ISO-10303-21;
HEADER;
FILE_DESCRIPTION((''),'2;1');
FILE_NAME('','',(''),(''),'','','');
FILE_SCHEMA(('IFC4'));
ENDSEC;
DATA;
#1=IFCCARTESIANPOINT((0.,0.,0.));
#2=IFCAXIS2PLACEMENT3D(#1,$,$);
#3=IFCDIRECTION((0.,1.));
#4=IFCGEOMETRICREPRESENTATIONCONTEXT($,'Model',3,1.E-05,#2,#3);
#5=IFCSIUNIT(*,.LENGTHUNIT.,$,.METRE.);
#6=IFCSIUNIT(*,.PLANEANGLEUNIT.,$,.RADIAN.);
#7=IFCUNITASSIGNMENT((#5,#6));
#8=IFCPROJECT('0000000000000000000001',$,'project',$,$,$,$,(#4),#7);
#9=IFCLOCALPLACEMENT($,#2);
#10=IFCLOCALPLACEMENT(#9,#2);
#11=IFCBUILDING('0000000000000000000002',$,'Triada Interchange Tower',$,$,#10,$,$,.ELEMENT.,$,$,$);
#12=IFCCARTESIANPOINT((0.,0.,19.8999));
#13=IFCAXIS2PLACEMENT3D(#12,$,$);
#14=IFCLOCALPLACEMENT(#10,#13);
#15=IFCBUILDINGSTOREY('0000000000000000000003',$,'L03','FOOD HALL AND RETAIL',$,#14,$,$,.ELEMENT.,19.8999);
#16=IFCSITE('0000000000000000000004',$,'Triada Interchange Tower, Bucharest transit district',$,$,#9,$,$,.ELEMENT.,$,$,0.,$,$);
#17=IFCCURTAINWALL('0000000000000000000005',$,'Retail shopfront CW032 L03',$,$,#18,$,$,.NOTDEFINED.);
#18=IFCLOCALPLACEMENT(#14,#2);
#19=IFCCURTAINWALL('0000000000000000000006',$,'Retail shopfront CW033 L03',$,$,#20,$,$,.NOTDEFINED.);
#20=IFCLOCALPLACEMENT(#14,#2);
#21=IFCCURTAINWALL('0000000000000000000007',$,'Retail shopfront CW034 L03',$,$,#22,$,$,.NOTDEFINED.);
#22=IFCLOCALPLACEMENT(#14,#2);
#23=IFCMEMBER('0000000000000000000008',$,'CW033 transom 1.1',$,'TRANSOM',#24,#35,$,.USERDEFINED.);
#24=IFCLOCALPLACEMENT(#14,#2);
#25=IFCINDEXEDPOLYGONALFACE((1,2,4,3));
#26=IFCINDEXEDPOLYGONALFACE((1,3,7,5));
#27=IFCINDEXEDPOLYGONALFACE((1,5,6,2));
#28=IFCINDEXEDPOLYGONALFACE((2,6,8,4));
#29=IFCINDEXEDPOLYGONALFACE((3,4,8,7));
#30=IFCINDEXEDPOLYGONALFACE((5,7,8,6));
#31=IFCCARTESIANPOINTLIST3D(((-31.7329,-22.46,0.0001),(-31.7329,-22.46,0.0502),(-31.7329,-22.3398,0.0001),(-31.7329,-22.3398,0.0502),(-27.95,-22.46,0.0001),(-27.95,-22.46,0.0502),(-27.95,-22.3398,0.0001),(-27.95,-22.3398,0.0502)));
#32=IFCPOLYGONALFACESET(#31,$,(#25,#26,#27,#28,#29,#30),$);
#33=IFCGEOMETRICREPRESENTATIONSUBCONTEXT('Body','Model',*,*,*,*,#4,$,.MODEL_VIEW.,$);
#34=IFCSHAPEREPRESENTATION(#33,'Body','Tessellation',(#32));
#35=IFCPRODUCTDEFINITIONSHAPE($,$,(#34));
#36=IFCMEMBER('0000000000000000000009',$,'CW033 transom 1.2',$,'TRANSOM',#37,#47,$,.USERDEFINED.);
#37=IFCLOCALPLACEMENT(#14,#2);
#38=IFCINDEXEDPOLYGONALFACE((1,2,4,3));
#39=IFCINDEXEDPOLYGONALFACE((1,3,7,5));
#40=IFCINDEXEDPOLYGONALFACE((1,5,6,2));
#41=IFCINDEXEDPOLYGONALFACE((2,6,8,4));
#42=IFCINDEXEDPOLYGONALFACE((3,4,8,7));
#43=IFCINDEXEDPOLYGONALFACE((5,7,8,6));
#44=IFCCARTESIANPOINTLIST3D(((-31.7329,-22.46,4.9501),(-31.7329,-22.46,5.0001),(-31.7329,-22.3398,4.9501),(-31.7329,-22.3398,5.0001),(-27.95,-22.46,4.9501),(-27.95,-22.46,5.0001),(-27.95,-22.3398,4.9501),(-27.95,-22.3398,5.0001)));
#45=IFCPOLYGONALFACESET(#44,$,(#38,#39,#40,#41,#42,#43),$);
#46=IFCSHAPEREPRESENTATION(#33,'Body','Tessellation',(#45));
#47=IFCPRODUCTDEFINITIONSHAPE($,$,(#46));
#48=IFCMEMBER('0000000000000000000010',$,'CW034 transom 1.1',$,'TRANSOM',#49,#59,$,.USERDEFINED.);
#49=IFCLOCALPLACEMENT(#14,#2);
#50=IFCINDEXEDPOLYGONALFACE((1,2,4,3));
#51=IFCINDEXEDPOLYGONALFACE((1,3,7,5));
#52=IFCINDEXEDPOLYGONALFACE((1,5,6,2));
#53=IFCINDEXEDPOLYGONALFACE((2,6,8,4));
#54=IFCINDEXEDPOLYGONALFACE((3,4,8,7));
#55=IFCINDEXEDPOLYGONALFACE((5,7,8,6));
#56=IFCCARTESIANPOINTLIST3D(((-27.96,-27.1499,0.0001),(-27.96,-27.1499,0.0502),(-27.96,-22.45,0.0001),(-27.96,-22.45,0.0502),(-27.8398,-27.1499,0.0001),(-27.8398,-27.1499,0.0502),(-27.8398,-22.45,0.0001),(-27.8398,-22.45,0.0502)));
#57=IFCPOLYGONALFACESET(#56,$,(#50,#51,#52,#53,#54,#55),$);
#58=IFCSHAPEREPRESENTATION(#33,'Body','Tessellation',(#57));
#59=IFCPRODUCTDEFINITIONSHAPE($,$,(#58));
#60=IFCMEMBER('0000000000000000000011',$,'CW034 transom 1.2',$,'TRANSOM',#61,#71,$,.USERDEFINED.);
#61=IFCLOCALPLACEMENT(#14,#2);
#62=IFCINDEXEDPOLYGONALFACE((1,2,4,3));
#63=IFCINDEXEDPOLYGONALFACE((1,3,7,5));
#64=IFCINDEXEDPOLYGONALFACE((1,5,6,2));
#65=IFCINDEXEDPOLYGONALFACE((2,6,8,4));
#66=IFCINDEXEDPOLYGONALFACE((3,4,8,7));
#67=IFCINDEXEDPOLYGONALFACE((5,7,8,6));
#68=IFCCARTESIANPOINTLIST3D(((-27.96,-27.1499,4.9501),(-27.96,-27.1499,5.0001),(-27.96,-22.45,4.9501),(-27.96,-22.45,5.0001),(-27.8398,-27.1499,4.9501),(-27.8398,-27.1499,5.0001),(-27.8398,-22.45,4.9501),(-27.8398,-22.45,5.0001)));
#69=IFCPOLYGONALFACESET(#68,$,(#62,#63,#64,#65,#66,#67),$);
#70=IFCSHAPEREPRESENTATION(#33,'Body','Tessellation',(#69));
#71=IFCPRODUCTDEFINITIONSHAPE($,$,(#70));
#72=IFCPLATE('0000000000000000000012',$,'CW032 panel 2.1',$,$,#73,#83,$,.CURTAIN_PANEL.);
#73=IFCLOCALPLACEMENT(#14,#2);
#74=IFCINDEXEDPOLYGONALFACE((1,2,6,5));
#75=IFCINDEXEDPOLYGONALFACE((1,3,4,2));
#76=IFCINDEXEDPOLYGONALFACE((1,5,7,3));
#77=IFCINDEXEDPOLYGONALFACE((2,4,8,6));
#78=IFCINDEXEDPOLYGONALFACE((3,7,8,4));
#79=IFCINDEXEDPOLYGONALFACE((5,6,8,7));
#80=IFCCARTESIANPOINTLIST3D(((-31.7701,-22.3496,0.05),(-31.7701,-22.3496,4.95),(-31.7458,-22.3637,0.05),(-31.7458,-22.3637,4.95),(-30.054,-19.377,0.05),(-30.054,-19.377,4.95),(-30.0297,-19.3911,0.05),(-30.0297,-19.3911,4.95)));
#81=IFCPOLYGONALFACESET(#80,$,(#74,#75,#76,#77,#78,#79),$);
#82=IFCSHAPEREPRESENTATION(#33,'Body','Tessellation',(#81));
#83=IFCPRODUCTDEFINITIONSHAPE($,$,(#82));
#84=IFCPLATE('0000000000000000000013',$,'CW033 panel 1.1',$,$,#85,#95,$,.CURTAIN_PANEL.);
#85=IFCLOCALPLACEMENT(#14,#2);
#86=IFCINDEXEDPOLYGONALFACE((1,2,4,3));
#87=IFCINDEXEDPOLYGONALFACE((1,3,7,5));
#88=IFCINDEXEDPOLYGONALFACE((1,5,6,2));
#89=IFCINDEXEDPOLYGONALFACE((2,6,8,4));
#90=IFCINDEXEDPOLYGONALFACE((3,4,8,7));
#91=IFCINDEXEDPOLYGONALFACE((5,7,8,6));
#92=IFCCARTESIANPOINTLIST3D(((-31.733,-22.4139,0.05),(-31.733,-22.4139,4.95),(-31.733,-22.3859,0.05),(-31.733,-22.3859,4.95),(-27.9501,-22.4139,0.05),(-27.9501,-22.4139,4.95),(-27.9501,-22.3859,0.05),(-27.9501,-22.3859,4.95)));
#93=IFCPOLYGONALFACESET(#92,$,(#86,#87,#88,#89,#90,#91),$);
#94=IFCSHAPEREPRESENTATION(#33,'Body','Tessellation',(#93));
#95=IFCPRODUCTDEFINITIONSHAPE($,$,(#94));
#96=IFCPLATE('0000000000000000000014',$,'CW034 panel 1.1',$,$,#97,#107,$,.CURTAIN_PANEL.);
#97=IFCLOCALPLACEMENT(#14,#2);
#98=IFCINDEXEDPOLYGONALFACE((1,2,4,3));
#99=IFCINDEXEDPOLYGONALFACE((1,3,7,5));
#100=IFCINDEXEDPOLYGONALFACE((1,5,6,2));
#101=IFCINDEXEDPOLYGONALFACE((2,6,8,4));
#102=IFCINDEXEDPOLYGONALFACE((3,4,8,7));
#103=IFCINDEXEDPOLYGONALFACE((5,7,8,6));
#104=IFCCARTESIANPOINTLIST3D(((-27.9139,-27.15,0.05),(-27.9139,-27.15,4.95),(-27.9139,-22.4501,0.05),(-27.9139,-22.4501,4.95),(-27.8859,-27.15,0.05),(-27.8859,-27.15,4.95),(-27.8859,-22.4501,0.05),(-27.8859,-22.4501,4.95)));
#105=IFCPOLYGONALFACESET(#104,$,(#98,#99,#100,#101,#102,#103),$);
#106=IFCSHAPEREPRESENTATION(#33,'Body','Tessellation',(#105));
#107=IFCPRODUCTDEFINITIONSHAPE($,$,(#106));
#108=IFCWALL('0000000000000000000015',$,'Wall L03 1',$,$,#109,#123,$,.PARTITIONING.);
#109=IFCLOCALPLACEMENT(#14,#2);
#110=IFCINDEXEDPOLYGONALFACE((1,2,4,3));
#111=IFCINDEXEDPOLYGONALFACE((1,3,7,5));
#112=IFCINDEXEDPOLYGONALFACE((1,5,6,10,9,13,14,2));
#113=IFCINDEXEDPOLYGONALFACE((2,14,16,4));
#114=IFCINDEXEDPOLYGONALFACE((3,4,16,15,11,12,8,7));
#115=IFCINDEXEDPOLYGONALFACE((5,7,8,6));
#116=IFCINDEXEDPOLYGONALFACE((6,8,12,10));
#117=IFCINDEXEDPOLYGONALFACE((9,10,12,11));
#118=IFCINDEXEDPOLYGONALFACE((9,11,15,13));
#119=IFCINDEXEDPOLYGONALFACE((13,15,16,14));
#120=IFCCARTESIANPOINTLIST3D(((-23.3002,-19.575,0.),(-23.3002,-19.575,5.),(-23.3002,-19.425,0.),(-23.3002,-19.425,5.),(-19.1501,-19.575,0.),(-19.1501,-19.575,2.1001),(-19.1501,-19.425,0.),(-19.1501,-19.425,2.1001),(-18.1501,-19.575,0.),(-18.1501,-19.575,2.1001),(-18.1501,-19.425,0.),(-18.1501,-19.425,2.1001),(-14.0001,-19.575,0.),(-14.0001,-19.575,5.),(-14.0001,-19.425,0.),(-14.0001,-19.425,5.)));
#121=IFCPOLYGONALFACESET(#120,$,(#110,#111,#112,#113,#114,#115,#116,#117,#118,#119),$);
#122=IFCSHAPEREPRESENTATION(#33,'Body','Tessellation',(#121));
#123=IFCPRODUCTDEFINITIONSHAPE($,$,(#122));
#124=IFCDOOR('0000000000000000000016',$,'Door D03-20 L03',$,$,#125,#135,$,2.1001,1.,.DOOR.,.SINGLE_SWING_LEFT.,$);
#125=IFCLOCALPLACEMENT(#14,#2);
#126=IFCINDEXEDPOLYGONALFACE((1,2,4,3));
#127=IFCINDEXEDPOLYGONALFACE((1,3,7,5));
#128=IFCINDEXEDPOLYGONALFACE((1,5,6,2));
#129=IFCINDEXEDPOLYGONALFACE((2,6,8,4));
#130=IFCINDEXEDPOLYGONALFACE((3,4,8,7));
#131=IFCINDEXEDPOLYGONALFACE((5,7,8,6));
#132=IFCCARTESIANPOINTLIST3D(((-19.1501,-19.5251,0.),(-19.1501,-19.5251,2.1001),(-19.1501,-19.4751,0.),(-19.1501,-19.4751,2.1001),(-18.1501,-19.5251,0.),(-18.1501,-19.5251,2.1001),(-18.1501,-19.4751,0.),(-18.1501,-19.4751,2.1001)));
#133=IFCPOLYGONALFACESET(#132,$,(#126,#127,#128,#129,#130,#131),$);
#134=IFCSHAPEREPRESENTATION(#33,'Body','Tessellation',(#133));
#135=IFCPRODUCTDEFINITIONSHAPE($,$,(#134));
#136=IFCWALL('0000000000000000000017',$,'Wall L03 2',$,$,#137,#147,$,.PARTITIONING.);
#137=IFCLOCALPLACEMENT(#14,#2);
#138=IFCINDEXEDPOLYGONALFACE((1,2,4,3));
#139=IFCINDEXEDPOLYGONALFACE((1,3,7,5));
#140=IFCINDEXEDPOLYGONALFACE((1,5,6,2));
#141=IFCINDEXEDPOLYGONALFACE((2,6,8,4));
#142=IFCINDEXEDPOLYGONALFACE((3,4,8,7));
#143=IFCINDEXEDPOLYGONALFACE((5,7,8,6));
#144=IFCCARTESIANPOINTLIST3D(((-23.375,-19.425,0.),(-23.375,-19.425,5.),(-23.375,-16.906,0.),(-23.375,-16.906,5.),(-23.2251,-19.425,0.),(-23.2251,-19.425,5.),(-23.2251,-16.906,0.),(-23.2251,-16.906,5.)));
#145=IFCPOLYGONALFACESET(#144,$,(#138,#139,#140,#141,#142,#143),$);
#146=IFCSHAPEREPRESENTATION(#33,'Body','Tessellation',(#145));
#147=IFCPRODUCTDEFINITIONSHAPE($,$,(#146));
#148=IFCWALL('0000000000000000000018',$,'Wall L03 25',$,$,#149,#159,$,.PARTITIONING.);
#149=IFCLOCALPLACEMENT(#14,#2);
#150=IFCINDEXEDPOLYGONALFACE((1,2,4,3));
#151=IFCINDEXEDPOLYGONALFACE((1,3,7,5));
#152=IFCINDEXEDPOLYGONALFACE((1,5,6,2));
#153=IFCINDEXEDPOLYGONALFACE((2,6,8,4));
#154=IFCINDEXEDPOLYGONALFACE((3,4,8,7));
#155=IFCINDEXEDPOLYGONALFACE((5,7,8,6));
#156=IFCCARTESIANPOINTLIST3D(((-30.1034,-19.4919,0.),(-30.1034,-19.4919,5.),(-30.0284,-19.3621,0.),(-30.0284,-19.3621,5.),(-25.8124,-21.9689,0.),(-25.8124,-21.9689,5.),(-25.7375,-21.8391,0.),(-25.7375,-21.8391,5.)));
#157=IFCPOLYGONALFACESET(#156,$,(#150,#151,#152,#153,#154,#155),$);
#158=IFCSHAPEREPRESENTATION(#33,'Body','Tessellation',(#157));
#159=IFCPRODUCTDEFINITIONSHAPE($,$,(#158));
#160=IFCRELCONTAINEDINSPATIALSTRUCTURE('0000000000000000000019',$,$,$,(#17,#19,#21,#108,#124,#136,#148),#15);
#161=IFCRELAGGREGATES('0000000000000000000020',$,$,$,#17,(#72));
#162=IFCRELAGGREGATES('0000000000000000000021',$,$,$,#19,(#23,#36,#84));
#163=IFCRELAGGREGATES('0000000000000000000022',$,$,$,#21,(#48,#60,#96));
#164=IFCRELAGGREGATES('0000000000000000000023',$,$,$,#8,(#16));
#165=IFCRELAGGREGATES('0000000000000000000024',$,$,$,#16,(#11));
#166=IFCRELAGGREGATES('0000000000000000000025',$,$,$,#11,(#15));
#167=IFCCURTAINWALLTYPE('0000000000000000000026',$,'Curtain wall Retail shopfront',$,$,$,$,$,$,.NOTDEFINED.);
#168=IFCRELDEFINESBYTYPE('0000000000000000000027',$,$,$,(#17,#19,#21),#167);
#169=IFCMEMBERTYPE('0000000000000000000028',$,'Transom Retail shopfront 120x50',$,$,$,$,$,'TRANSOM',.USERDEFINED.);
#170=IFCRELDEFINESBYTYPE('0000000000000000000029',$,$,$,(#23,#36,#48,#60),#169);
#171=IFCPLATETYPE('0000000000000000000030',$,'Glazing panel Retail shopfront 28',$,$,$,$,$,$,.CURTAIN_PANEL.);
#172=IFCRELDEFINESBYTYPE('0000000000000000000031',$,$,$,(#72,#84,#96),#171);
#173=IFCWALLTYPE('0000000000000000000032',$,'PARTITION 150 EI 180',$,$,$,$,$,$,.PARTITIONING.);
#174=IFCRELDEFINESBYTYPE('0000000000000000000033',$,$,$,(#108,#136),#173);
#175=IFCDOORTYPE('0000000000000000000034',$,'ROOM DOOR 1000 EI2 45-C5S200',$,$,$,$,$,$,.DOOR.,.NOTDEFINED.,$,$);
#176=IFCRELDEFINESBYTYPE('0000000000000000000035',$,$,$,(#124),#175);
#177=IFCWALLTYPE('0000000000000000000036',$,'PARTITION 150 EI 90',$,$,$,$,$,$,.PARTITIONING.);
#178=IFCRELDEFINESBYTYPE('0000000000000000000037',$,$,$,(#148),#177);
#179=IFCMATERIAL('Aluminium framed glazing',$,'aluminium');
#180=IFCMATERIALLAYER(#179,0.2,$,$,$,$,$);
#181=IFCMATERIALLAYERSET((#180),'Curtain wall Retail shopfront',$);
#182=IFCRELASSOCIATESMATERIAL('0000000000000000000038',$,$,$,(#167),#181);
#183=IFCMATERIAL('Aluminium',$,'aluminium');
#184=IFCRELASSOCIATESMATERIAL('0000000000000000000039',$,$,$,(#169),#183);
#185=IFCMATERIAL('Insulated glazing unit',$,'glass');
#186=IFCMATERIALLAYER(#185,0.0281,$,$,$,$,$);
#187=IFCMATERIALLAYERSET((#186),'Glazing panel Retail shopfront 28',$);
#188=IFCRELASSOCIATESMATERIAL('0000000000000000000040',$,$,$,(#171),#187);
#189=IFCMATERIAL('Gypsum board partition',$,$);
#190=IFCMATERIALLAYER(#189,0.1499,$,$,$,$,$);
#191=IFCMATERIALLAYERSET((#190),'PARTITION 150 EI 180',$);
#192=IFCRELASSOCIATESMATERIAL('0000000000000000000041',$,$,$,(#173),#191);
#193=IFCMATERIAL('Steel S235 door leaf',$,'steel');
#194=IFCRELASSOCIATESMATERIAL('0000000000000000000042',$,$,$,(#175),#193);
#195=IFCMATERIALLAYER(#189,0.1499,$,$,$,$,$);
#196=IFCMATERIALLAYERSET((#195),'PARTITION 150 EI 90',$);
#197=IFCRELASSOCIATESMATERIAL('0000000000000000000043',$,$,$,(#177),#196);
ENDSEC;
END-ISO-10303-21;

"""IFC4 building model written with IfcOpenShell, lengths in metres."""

from ifc_helpers import new_model, si_unit, direction, frame, frame_2d, origin, origin_2d, place, context, subcontext, project, spatial, rectangle, extrude, material, layer, layer_set, material_profile, profile_set, type_object, element, fill, aggregate, save


model = new_model("IFC4")

# Units and contexts
model_context = context("Model", 3, precision=1e-05, world=origin(), true_north=direction((0.0, 1.0)))
body_context = subcontext(model_context, "Body", "Model", "MODEL_VIEW")
ifc_project = project(units=[si_unit("LENGTHUNIT", "METRE"), si_unit("PLANEANGLEUNIT", "RADIAN")], contexts=[model_context])

# Site, building, storey
site_placement = place(None, origin())
site = spatial("IfcSite", under=ifc_project, at=site_placement, Name="Triada Interchange Tower, Bucharest transit district", CompositionType="ELEMENT", RefElevation=0.0)
building_placement = place(site_placement, origin())
building = spatial("IfcBuilding", under=site, at=building_placement, Name="Triada Interchange Tower", CompositionType="ELEMENT")
storey_placement = place(building_placement, frame((0.0, 0.0, 19.8999)))
storey = spatial("IfcBuildingStorey", under=building, at=storey_placement, Name="L03", Description="FOOD HALL AND RETAIL", CompositionType="ELEMENT", Elevation=19.8999)

# Curtain wall
ifc_material_1 = material(Name="Aluminium framed glazing", Category="aluminium")
ifc_layer_1 = layer(ifc_material_1, 0.2)
ifc_layer_set_1 = layer_set([ifc_layer_1], Name="Curtain wall Retail shopfront")
curtain_wall_type = type_object("IfcCurtainWallType", Name="Curtain wall Retail shopfront", PredefinedType="NOTDEFINED", material=ifc_layer_set_1)
curtain_wall_1_placement = place(storey_placement, origin())
curtain_wall_1 = element("IfcCurtainWall", 1, at=curtain_wall_1_placement, inside=storey, type_object=curtain_wall_type, Name="Retail shopfront CW032 L03", PredefinedType="NOTDEFINED")
ifc_material_2 = material(Name="Aluminium", Category="aluminium")

# Curtain walls
curtain_wall_2_placement = place(storey_placement, origin())
curtain_wall_2 = element("IfcCurtainWall", 2, at=curtain_wall_2_placement, inside=storey, type_object=curtain_wall_type, Name="Retail shopfront CW033 L03", PredefinedType="NOTDEFINED")
curtain_wall_3_placement = place(storey_placement, origin())
curtain_wall_3 = element("IfcCurtainWall", 3, at=curtain_wall_3_placement, inside=storey, type_object=curtain_wall_type, Name="Retail shopfront CW034 L03", PredefinedType="NOTDEFINED")

# Members
ifc_material_profile_1 = material_profile(ifc_material_2, rectangle(XDim=0.1201, YDim=0.05, at=origin_2d()), Name="Aluminium transom")
ifc_profile_set_1 = profile_set([ifc_material_profile_1], Name="Aluminium")
member_type_1 = type_object("IfcMemberType", Name="Transom Retail shopfront 120x50", ElementType="TRANSOM", PredefinedType="USERDEFINED", material=ifc_profile_set_1)
member_1_placement = place(storey_placement, frame((-31.7329, -22.3999, 0.0251), z_axis=(1.0, 0.0, 0.0), x_axis=(0.0, 1.0, 0.0)))
member_1 = element("IfcMember", 4, at=member_1_placement, type_object=member_type_1, Name="CW033 transom 1.1", ObjectType="TRANSOM", PredefinedType="USERDEFINED", context=body_context, shape_type="SweptSolid", body=[
    extrude(rectangle(XDim=0.1201, YDim=0.05, at=origin_2d()), origin(), (0.0, 0.0, 1.0), 3.783),
])
member_2_placement = place(storey_placement, frame((-31.7329, -22.3999, 4.9751), z_axis=(1.0, 0.0, 0.0), x_axis=(0.0, 1.0, 0.0)))
member_2 = element("IfcMember", 5, at=member_2_placement, type_object=member_type_1, Name="CW033 transom 1.2", ObjectType="TRANSOM", PredefinedType="USERDEFINED", context=body_context, shape_type="SweptSolid", body=[
    extrude(rectangle(XDim=0.1201, YDim=0.05, at=origin_2d()), origin(), (0.0, 0.0, 1.0), 3.783),
])
member_3_placement = place(storey_placement, frame((-27.8999, -22.45, 0.0251), z_axis=(0.0, -1.0, 0.0), x_axis=(1.0, 0.0, 0.0)))
member_3 = element("IfcMember", 6, at=member_3_placement, type_object=member_type_1, Name="CW034 transom 1.1", ObjectType="TRANSOM", PredefinedType="USERDEFINED", context=body_context, shape_type="SweptSolid", body=[
    extrude(rectangle(XDim=0.1201, YDim=0.05, at=origin_2d()), origin(), (0.0, 0.0, 1.0), 4.7),
])
member_4_placement = place(storey_placement, frame((-27.8999, -22.45, 4.9751), z_axis=(0.0, -1.0, 0.0), x_axis=(1.0, 0.0, 0.0)))
member_4 = element("IfcMember", 7, at=member_4_placement, type_object=member_type_1, Name="CW034 transom 1.2", ObjectType="TRANSOM", PredefinedType="USERDEFINED", context=body_context, shape_type="SweptSolid", body=[
    extrude(rectangle(XDim=0.1201, YDim=0.05, at=origin_2d()), origin(), (0.0, 0.0, 1.0), 4.7),
])

# Plates
ifc_material_3 = material(Name="Insulated glazing unit", Category="glass")
ifc_layer_2 = layer(ifc_material_3, 0.0281)
ifc_layer_set_2 = layer_set([ifc_layer_2], Name="Glazing panel Retail shopfront 28")
plate_type = type_object("IfcPlateType", Name="Glazing panel Retail shopfront 28", PredefinedType="CURTAIN_PANEL", material=ifc_layer_set_2)
plate_1_placement = place(storey_placement, frame((-30.8999, -20.8704, 0.05), z_axis=(0.0, 0.0, 1.0), x_axis=(-0.499957, -0.86605, 0.0)))
plate_1 = element("IfcPlate", 8, at=plate_1_placement, type_object=plate_type, Name="CW032 panel 2.1", PredefinedType="CURTAIN_PANEL", context=body_context, shape_type="SweptSolid", body=[
    extrude(rectangle(XDim=3.4324, YDim=0.0281, at=origin_2d()), origin(), (0.0, 0.0, 1.0), 4.8999),
])
aggregate(curtain_wall_1, [plate_1])
plate_2_placement = place(storey_placement, frame((-29.8416, -22.3999, 0.05), z_axis=(0.0, 0.0, 1.0), x_axis=(1.0, 0.0, 0.0)))
plate_2 = element("IfcPlate", 9, at=plate_2_placement, type_object=plate_type, Name="CW033 panel 1.1", PredefinedType="CURTAIN_PANEL", context=body_context, shape_type="SweptSolid", body=[
    extrude(rectangle(XDim=3.783, YDim=0.0281, at=origin_2d()), origin(), (0.0, 0.0, 1.0), 4.8999),
])
aggregate(curtain_wall_2, [member_1, member_2, plate_2])
plate_3_placement = place(storey_placement, frame((-27.8999, -24.8, 0.05), z_axis=(0.0, 0.0, 1.0), x_axis=(0.0, -1.0, 0.0)))
plate_3 = element("IfcPlate", 10, at=plate_3_placement, type_object=plate_type, Name="CW034 panel 1.1", PredefinedType="CURTAIN_PANEL", context=body_context, shape_type="SweptSolid", body=[
    extrude(rectangle(XDim=4.7, YDim=0.0281, at=origin_2d()), origin(), (0.0, 0.0, 1.0), 4.8999),
])
aggregate(curtain_wall_3, [member_3, member_4, plate_3])

# Wall, opening, door
ifc_material_4 = material(Name="Gypsum board partition")
ifc_layer_3 = layer(ifc_material_4, 0.1499)
ifc_layer_set_3 = layer_set([ifc_layer_3], Name="PARTITION 150 EI 180")
wall_type_1 = type_object("IfcWallType", Name="PARTITION 150 EI 180", PredefinedType="PARTITIONING", material=ifc_layer_set_3)
wall_1_placement = place(storey_placement, frame((-23.3, -19.5, 0.0), z_axis=(0.0, 0.0, 1.0), x_axis=(1.0, 0.0, 0.0)))
wall_1 = element("IfcWall", 11, at=wall_1_placement, inside=storey, type_object=wall_type_1, Name="Wall L03 1", PredefinedType="PARTITIONING", context=body_context, shape_type="SweptSolid", body=[
    extrude(rectangle(XDim=9.3, YDim=0.1499, at=frame_2d((4.6499, 0.0))), origin(), (0.0, 0.0, 1.0), 5.0),
])
opening_placement = place(wall_1_placement, frame((4.1499, 0.0, 0.0)))
opening = element("IfcOpeningElement", 12, at=opening_placement, cuts=wall_1, PredefinedType="OPENING", context=body_context, shape_type="SweptSolid", body=[
    extrude(rectangle(XDim=1.0, YDim=2.1001, at=frame_2d((0.5, 1.05))), frame((0.0, 0.085, 0.0), z_axis=(0.0, -1.0, 0.0), x_axis=(1.0, 0.0, 0.0)), (0.0, 0.0, 1.0), 0.1699),
])
ifc_material_5 = material(Name="Steel S235 door leaf", Category="steel")
door_type = type_object("IfcDoorType", Name="ROOM DOOR 1000 EI2 45-C5S200", OperationType="NOTDEFINED", PredefinedType="DOOR", material=ifc_material_5)
door_placement = place(opening_placement, origin())
door = element("IfcDoor", 13, at=door_placement, inside=storey, type_object=door_type, Name="Door D03-20 L03", OperationType="SINGLE_SWING_LEFT", OverallHeight=2.1001, OverallWidth=1.0, PredefinedType="DOOR", context=body_context, shape_type="SweptSolid", body=[
    extrude(rectangle(XDim=1.0, YDim=2.1001, at=frame_2d((0.5, 1.05))), frame((0.0, 0.0249, 0.0), z_axis=(0.0, -1.0, 0.0), x_axis=(1.0, 0.0, 0.0)), (0.0, 0.0, 1.0), 0.05),
])
fill(opening, door)

# Walls
wall_2_placement = place(storey_placement, frame((-23.3, -19.425, 0.0), z_axis=(0.0, 0.0, 1.0), x_axis=(0.0, 1.0, 0.0)))
element("IfcWall", 14, at=wall_2_placement, inside=storey, type_object=wall_type_1, Name="Wall L03 2", PredefinedType="PARTITIONING", context=body_context, shape_type="SweptSolid", body=[
    extrude(rectangle(XDim=2.519, YDim=0.1499, at=frame_2d((1.2595, 0.0))), origin(), (0.0, 0.0, 1.0), 5.0),
])
ifc_layer_4 = layer(ifc_material_4, 0.1499)
ifc_layer_set_4 = layer_set([ifc_layer_4], Name="PARTITION 150 EI 90")
wall_type_2 = type_object("IfcWallType", Name="PARTITION 150 EI 90", PredefinedType="PARTITIONING", material=ifc_layer_set_4)
wall_3_placement = place(storey_placement, frame((-30.0659, -19.427, 0.0), z_axis=(0.0, 0.0, 1.0), x_axis=(0.866058, -0.499944, 0.0)))
element("IfcWall", 15, at=wall_3_placement, inside=storey, type_object=wall_type_2, Name="Wall L03 25", PredefinedType="PARTITIONING", context=body_context, shape_type="SweptSolid", body=[
    extrude(rectangle(XDim=4.9546, YDim=0.1499, at=frame_2d((2.4773, 0.0))), origin(), (0.0, 0.0, 1.0), 5.0),
])

save(model, "model.ifc")
